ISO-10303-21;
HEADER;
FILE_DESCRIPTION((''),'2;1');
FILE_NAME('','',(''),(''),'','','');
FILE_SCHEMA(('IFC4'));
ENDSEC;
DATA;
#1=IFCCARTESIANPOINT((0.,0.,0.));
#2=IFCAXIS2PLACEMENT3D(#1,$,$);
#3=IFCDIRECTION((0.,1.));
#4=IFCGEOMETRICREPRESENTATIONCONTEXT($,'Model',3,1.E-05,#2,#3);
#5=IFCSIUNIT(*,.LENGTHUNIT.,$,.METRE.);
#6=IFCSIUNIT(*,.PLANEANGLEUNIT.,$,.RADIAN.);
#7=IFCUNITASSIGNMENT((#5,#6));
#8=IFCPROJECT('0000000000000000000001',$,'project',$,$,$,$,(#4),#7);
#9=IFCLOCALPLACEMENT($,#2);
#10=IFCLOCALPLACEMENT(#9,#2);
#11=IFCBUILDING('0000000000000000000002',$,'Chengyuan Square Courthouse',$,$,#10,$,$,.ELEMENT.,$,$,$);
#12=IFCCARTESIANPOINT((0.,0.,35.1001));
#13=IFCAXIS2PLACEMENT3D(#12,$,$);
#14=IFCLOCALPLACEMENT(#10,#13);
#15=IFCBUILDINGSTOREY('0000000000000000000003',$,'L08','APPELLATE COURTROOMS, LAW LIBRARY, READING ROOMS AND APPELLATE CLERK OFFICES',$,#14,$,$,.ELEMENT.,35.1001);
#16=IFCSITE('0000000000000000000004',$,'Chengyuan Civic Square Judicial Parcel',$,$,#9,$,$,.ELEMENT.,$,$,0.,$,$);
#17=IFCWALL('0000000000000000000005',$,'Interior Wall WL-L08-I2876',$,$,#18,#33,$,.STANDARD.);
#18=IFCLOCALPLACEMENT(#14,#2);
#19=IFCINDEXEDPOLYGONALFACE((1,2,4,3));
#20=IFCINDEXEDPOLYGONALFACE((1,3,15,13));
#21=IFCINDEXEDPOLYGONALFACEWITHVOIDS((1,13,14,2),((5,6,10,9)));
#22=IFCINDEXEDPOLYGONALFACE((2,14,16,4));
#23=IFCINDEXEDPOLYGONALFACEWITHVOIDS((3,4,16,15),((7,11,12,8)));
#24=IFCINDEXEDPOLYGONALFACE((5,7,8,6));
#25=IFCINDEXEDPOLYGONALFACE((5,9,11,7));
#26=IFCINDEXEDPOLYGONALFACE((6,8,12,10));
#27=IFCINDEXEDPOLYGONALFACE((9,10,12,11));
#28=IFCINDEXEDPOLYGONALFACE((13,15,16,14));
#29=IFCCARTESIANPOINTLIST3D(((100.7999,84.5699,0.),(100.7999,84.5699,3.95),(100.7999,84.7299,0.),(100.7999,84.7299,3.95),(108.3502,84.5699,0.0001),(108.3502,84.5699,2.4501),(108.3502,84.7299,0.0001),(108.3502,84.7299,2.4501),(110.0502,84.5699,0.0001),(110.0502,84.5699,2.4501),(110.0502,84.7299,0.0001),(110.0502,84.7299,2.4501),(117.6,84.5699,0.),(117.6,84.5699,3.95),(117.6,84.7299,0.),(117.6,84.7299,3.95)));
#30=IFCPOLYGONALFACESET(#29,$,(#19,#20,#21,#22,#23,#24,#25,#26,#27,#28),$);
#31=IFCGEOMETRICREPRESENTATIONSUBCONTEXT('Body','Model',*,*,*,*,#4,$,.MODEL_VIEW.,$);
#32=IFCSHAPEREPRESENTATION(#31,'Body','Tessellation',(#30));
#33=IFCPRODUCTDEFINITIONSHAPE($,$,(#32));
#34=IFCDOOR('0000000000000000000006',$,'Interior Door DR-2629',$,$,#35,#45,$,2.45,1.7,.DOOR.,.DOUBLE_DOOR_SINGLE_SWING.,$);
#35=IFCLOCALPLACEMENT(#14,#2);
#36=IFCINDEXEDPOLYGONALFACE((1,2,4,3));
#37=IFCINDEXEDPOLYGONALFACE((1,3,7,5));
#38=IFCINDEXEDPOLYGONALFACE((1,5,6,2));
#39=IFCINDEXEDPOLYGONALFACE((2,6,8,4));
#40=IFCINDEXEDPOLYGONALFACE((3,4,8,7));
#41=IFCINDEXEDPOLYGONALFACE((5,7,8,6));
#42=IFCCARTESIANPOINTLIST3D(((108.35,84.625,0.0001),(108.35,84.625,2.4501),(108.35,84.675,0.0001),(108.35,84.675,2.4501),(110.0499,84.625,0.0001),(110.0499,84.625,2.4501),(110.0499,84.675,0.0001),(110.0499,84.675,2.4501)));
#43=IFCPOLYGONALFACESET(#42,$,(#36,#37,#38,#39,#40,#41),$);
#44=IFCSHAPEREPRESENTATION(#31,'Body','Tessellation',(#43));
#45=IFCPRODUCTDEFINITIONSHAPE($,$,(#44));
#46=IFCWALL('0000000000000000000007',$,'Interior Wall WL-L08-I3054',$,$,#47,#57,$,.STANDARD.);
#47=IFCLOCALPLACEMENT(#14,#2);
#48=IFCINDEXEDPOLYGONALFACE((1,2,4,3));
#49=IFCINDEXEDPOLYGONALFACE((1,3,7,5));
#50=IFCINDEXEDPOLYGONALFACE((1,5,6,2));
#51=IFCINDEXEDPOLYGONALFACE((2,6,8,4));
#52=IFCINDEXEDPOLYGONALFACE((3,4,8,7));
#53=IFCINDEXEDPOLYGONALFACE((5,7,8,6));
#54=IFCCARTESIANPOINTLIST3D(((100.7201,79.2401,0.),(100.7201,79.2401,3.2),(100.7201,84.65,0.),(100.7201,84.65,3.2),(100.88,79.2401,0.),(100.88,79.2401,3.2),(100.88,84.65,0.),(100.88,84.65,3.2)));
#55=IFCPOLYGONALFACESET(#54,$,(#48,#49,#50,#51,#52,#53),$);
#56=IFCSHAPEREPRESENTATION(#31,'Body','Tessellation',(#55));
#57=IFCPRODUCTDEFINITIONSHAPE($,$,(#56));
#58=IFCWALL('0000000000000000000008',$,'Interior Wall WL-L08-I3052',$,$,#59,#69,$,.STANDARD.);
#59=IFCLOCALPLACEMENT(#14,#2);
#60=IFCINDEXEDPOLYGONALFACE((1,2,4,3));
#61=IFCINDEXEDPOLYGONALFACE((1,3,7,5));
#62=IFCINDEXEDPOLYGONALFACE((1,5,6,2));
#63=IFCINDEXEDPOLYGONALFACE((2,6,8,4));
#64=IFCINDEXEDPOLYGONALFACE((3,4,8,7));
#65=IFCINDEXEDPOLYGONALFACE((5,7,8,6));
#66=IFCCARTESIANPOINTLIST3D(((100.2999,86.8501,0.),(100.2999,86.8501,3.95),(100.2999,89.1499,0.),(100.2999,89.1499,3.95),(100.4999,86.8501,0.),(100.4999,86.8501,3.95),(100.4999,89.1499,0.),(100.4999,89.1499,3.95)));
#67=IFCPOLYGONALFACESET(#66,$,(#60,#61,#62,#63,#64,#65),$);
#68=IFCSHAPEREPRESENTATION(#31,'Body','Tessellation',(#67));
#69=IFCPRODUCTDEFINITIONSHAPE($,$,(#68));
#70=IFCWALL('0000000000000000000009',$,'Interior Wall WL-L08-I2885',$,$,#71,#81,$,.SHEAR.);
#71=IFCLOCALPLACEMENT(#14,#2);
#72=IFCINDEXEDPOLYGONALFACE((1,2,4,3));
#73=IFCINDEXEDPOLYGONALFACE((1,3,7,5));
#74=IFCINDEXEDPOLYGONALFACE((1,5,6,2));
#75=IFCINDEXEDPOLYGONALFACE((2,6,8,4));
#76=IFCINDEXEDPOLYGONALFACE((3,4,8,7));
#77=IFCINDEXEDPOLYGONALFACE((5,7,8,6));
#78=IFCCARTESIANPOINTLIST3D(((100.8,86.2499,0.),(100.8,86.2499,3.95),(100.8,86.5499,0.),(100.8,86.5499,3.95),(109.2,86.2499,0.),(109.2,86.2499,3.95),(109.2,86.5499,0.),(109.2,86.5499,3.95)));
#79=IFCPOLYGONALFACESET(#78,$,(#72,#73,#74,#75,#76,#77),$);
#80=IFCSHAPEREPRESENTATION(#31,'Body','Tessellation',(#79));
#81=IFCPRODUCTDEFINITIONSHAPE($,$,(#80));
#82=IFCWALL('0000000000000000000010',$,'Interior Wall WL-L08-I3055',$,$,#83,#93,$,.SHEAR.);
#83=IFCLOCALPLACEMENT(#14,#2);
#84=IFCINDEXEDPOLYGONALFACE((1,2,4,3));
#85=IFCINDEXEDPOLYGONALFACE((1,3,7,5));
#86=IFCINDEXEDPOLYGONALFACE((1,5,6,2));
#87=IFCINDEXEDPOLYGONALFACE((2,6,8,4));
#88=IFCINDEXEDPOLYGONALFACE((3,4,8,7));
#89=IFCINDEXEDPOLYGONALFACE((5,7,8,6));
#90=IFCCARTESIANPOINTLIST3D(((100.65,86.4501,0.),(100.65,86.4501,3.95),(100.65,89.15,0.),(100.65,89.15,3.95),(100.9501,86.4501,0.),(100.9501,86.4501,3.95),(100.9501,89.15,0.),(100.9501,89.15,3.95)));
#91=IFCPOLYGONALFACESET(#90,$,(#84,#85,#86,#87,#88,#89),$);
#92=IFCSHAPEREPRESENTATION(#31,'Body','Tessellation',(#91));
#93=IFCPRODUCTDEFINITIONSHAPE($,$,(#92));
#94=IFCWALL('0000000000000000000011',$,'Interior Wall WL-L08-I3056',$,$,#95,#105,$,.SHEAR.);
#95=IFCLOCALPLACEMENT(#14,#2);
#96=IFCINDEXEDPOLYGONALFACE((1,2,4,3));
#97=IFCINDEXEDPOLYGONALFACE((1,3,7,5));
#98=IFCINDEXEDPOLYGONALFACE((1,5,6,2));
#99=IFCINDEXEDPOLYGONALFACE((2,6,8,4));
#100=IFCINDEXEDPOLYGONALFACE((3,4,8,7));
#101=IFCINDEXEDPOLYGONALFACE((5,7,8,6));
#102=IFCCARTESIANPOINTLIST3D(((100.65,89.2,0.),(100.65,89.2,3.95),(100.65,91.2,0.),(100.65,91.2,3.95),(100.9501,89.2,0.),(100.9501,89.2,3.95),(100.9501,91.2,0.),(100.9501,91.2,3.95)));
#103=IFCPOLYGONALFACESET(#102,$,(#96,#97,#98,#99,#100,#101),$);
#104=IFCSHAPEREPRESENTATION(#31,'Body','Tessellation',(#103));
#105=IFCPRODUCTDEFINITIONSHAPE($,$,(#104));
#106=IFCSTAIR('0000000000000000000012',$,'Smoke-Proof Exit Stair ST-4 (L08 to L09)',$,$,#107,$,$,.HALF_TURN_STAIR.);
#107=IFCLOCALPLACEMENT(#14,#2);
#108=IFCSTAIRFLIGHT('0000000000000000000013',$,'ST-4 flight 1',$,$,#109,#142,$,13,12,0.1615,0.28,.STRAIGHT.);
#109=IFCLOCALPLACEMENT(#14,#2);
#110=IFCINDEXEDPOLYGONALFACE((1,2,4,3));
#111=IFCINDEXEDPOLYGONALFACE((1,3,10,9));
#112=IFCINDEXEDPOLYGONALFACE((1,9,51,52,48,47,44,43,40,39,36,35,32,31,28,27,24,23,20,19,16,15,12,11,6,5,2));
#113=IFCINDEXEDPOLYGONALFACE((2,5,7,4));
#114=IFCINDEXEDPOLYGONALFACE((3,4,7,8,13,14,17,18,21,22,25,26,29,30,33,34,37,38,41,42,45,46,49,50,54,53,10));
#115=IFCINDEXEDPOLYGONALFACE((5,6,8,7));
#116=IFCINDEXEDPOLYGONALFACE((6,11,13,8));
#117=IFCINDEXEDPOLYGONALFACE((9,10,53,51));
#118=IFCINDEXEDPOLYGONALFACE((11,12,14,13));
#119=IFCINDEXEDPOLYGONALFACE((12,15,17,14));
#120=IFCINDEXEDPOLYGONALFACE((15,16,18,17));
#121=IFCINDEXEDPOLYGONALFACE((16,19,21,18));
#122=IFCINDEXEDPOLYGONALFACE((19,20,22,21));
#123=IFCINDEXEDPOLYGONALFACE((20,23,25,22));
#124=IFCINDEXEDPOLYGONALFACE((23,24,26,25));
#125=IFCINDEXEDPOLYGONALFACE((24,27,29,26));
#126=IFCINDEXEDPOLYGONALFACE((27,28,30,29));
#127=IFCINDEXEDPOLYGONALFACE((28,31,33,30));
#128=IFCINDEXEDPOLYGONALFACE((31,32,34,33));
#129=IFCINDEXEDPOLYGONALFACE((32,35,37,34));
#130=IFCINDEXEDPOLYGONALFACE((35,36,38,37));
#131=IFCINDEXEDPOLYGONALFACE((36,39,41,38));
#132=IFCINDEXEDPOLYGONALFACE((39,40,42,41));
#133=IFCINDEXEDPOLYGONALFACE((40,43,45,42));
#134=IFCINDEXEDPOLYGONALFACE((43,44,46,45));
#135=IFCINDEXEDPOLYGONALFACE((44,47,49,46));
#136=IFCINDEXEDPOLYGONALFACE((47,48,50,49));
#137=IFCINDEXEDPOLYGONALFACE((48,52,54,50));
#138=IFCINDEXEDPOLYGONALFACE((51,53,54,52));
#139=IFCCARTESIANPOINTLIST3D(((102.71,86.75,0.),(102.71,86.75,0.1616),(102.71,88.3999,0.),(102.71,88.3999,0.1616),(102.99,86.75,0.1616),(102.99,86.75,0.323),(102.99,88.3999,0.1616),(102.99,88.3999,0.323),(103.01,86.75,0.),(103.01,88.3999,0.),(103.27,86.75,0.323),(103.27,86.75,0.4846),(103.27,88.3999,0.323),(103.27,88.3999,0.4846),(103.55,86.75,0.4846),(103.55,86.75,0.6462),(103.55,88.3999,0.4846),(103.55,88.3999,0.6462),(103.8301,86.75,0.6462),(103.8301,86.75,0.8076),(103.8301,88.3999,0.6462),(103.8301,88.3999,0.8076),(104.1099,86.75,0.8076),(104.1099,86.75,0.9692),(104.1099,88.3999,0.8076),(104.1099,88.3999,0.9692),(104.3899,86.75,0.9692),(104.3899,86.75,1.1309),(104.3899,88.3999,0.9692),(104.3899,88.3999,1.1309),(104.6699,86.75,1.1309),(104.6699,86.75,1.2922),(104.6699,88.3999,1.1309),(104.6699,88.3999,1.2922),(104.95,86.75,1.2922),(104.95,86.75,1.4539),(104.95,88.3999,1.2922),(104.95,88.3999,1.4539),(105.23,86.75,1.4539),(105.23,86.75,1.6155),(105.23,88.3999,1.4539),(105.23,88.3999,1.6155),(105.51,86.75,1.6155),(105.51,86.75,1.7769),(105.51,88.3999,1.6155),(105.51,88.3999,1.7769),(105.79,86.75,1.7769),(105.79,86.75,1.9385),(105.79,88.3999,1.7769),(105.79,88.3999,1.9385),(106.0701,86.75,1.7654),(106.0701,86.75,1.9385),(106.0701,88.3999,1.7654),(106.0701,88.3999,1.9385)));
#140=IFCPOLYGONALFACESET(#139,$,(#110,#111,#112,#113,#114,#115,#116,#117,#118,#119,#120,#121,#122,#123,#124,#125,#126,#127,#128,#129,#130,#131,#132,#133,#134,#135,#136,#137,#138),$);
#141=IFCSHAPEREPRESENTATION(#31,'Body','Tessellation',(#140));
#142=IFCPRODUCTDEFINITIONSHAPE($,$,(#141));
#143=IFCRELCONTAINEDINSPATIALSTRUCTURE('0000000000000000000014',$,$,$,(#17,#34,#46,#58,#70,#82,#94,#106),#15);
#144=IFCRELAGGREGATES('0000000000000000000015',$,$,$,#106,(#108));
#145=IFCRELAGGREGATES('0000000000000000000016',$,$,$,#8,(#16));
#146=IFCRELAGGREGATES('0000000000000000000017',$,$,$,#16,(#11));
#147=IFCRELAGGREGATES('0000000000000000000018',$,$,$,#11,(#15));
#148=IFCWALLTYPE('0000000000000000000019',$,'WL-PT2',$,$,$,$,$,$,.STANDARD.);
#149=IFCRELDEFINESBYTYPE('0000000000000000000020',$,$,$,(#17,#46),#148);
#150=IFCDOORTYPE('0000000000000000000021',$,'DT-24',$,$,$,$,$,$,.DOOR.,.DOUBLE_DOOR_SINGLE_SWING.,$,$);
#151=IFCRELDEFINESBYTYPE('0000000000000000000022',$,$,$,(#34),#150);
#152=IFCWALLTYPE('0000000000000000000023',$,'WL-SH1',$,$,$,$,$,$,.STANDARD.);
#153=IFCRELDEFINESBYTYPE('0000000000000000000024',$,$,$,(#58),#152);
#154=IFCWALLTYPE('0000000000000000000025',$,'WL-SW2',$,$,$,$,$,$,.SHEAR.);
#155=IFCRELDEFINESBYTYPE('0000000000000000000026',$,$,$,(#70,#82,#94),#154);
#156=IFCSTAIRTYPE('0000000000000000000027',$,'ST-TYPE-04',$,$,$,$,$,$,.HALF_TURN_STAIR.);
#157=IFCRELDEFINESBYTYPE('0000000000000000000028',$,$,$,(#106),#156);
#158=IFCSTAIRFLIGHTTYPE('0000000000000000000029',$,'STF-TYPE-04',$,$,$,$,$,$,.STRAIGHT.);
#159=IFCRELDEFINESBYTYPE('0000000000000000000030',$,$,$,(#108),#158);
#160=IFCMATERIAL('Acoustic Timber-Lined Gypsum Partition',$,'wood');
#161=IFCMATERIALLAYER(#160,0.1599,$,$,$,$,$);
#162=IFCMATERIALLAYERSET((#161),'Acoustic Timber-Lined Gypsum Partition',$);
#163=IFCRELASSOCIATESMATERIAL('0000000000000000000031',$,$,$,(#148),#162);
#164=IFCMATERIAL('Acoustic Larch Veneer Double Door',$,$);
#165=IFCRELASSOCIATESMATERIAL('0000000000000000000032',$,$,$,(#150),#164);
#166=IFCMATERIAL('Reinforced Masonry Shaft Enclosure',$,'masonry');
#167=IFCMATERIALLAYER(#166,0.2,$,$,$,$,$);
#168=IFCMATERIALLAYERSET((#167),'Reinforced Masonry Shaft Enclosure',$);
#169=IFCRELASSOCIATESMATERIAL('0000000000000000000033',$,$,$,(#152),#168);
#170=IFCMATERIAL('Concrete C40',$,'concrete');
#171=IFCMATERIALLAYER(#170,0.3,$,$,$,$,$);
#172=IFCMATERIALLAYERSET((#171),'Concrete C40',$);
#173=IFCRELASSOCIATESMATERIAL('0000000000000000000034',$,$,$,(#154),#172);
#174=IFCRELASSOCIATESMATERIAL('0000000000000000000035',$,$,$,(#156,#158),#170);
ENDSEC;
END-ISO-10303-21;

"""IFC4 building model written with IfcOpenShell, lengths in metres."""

from ifc_helpers import new_model, si_unit, direction, frame, frame_2d, origin, place, context, subcontext, project, spatial, polyline, rectangle, outline, extrude, material, layer, layer_set, type_object, element, fill, aggregate, save


model = new_model("IFC4")

# Units and contexts
model_context = context("Model", 3, precision=1e-05, world=origin(), true_north=direction((0.0, 1.0)))
body_context = subcontext(model_context, "Body", "Model", "MODEL_VIEW")
ifc_project = project(units=[si_unit("LENGTHUNIT", "METRE"), si_unit("PLANEANGLEUNIT", "RADIAN")], contexts=[model_context])

# Site, building, storey
site_placement = place(None, origin())
site = spatial("IfcSite", under=ifc_project, at=site_placement, Name="Chengyuan Civic Square Judicial Parcel", CompositionType="ELEMENT", RefElevation=0.0)
building_placement = place(site_placement, origin())
building = spatial("IfcBuilding", under=site, at=building_placement, Name="Chengyuan Square Courthouse", CompositionType="ELEMENT")
storey_placement = place(building_placement, frame((0.0, 0.0, 35.1001)))
storey = spatial("IfcBuildingStorey", under=building, at=storey_placement, Name="L08", Description="APPELLATE COURTROOMS, LAW LIBRARY, READING ROOMS AND APPELLATE CLERK OFFICES", CompositionType="ELEMENT", Elevation=35.1001)

# Shared definitions
ifc_material_1 = material(Name="Concrete C40", Category="concrete")

# Wall, opening, door
ifc_material_2 = material(Name="Acoustic Timber-Lined Gypsum Partition", Category="wood")
ifc_layer_1 = layer(ifc_material_2, 0.1599)
ifc_layer_set_1 = layer_set([ifc_layer_1], Name="Acoustic Timber-Lined Gypsum Partition")
wall_type_1 = type_object("IfcWallType", Name="WL-PT2", PredefinedType="STANDARD", material=ifc_layer_set_1)
wall_1_placement = place(storey_placement, frame((100.8, 84.6499, 0.0), z_axis=(0.0, 0.0, 1.0), x_axis=(1.0, 0.0, 0.0)))
wall_1 = element("IfcWall", 1, at=wall_1_placement, inside=storey, type_object=wall_type_1, Name="Interior Wall WL-L08-I2876", PredefinedType="STANDARD", context=body_context, shape_type="SweptSolid", body=[
    extrude(rectangle(XDim=16.8, YDim=0.1599, at=frame_2d((8.3999, 0.0))), origin(), (0.0, 0.0, 1.0), 3.95),
])
opening_placement = place(wall_1_placement, frame((7.55, 0.0, 0.0)))
opening = element("IfcOpeningElement", 2, at=opening_placement, cuts=wall_1, PredefinedType="OPENING", context=body_context, shape_type="SweptSolid", body=[
    extrude(rectangle(XDim=1.7, YDim=2.45, at=frame_2d((0.8501, 1.2251))), frame((0.0, 0.092, 0.0), z_axis=(0.0, -1.0, 0.0), x_axis=(1.0, 0.0, 0.0)), (0.0, 0.0, 1.0), 0.1838),
])
ifc_material_3 = material(Name="Acoustic Larch Veneer Double Door")
door_type = type_object("IfcDoorType", Name="DT-24", OperationType="DOUBLE_DOOR_SINGLE_SWING", PredefinedType="DOOR", material=ifc_material_3)
door_placement = place(opening_placement, frame((1.7, 0.0, 0.0), z_axis=(0.0, 0.0, 1.0), x_axis=(-1.0, 0.0, 0.0)))
door = element("IfcDoor", 3, at=door_placement, inside=storey, type_object=door_type, Name="Interior Door DR-2629", OperationType="DOUBLE_DOOR_SINGLE_SWING", OverallHeight=2.45, OverallWidth=1.7, PredefinedType="DOOR", context=body_context, shape_type="SweptSolid", body=[
    extrude(rectangle(XDim=1.7, YDim=2.45, at=frame_2d((0.8501, 1.2251))), frame((0.0, 0.0249, 0.0), z_axis=(0.0, -1.0, 0.0), x_axis=(1.0, 0.0, 0.0)), (0.0, 0.0, 1.0), 0.05),
])
fill(opening, door)

# Walls
wall_2_placement = place(storey_placement, frame((100.8, 79.24, 0.0), z_axis=(0.0, 0.0, 1.0), x_axis=(0.0, 1.0, 0.0)))
element("IfcWall", 4, at=wall_2_placement, inside=storey, type_object=wall_type_1, Name="Interior Wall WL-L08-I3054", PredefinedType="STANDARD", context=body_context, shape_type="SweptSolid", body=[
    extrude(rectangle(XDim=5.4099, YDim=0.1599, at=frame_2d((2.7051, 0.0))), origin(), (0.0, 0.0, 1.0), 3.2),
])
ifc_material_4 = material(Name="Reinforced Masonry Shaft Enclosure", Category="masonry")
ifc_layer_2 = layer(ifc_material_4, 0.2)
ifc_layer_set_2 = layer_set([ifc_layer_2], Name="Reinforced Masonry Shaft Enclosure")
wall_type_2 = type_object("IfcWallType", Name="WL-SH1", PredefinedType="STANDARD", material=ifc_layer_set_2)
wall_3_placement = place(storey_placement, frame((100.3999, 86.8501, 0.0), z_axis=(0.0, 0.0, 1.0), x_axis=(0.0, 1.0, 0.0)))
element("IfcWall", 5, at=wall_3_placement, inside=storey, type_object=wall_type_2, Name="Interior Wall WL-L08-I3052", PredefinedType="STANDARD", context=body_context, shape_type="SweptSolid", body=[
    extrude(rectangle(XDim=2.2998, YDim=0.2, at=frame_2d((1.1499, 0.0))), origin(), (0.0, 0.0, 1.0), 3.95),
])
ifc_layer_3 = layer(ifc_material_1, 0.3)
ifc_layer_set_3 = layer_set([ifc_layer_3], Name="Concrete C40")
wall_type_3 = type_object("IfcWallType", Name="WL-SW2", PredefinedType="SHEAR", material=ifc_layer_set_3)
wall_4_placement = place(storey_placement, frame((100.8, 86.3999, 0.0), z_axis=(0.0, 0.0, 1.0), x_axis=(1.0, 0.0, 0.0)))
element("IfcWall", 6, at=wall_4_placement, inside=storey, type_object=wall_type_3, Name="Interior Wall WL-L08-I2885", PredefinedType="SHEAR", context=body_context, shape_type="SweptSolid", body=[
    extrude(rectangle(XDim=8.3999, YDim=0.3, at=frame_2d((4.2, 0.0))), origin(), (0.0, 0.0, 1.0), 3.95),
])
wall_5_placement = place(storey_placement, frame((100.8, 86.45, 0.0), z_axis=(0.0, 0.0, 1.0), x_axis=(0.0, 1.0, 0.0)))
element("IfcWall", 7, at=wall_5_placement, inside=storey, type_object=wall_type_3, Name="Interior Wall WL-L08-I3055", PredefinedType="SHEAR", context=body_context, shape_type="SweptSolid", body=[
    extrude(rectangle(XDim=2.7, YDim=0.3, at=frame_2d((1.3501, 0.0))), origin(), (0.0, 0.0, 1.0), 3.95),
])
wall_6_placement = place(storey_placement, frame((100.8, 89.2, 0.0), z_axis=(0.0, 0.0, 1.0), x_axis=(0.0, 1.0, 0.0)))
element("IfcWall", 8, at=wall_6_placement, inside=storey, type_object=wall_type_3, Name="Interior Wall WL-L08-I3056", PredefinedType="SHEAR", context=body_context, shape_type="SweptSolid", body=[
    extrude(rectangle(XDim=2.0, YDim=0.3, at=frame_2d((1.0, 0.0))), origin(), (0.0, 0.0, 1.0), 3.95),
])

# Stair, stair flight
stair_type = type_object("IfcStairType", Name="ST-TYPE-04", PredefinedType="HALF_TURN_STAIR", material=ifc_material_1)
stair_placement = place(storey_placement, origin())
stair = element("IfcStair", 9, at=stair_placement, inside=storey, type_object=stair_type, Name="Smoke-Proof Exit Stair ST-4 (L08 to L09)", PredefinedType="HALF_TURN_STAIR")
stair_flight_type = type_object("IfcStairFlightType", Name="STF-TYPE-04", PredefinedType="STRAIGHT", material=ifc_material_1)
stair_flight_placement = place(storey_placement, frame((102.71, 87.575, 0.0), z_axis=(0.0, 0.0, 1.0), x_axis=(1.0, 0.0, 0.0)))
stair_flight = element("IfcStairFlight", 10, at=stair_flight_placement, type_object=stair_flight_type, Name="ST-4 flight 1", NumberOfRisers=13, NumberOfTreads=12, PredefinedType="STRAIGHT", RiserHeight=0.1615, TreadLength=0.28, context=body_context, shape_type="SweptSolid", body=[
    extrude(outline(polyline([(0.0, 0.0), (0.0, 0.1616), (0.28, 0.1616), (0.28, 0.323), (0.5601, 0.323), (0.5601, 0.4846), (0.8401, 0.4846), (0.8401, 0.6462), (1.1201, 0.6462), (1.1201, 0.8076), (1.3999, 0.8076), (1.3999, 0.9692), (1.6799, 0.9692), (1.6799, 1.1309), (1.96, 1.1309), (1.96, 1.2922), (2.24, 1.2922), (2.24, 1.4539), (2.52, 1.4539), (2.52, 1.6155), (2.8, 1.6155), (2.8, 1.7769), (3.0801, 1.7769), (3.0801, 1.9385), (3.3601, 1.9385), (3.3601, 2.1001), (3.3601, 1.7654), (0.3, 0.0), (0.0, 0.0)])), frame((0.0, 0.825, 0.0), z_axis=(0.0, -1.0, 0.0), x_axis=(1.0, 0.0, 0.0)), (0.0, 0.0, 1.0), 1.6499),
])
aggregate(stair, [stair_flight])

save(model, "model.ifc")
